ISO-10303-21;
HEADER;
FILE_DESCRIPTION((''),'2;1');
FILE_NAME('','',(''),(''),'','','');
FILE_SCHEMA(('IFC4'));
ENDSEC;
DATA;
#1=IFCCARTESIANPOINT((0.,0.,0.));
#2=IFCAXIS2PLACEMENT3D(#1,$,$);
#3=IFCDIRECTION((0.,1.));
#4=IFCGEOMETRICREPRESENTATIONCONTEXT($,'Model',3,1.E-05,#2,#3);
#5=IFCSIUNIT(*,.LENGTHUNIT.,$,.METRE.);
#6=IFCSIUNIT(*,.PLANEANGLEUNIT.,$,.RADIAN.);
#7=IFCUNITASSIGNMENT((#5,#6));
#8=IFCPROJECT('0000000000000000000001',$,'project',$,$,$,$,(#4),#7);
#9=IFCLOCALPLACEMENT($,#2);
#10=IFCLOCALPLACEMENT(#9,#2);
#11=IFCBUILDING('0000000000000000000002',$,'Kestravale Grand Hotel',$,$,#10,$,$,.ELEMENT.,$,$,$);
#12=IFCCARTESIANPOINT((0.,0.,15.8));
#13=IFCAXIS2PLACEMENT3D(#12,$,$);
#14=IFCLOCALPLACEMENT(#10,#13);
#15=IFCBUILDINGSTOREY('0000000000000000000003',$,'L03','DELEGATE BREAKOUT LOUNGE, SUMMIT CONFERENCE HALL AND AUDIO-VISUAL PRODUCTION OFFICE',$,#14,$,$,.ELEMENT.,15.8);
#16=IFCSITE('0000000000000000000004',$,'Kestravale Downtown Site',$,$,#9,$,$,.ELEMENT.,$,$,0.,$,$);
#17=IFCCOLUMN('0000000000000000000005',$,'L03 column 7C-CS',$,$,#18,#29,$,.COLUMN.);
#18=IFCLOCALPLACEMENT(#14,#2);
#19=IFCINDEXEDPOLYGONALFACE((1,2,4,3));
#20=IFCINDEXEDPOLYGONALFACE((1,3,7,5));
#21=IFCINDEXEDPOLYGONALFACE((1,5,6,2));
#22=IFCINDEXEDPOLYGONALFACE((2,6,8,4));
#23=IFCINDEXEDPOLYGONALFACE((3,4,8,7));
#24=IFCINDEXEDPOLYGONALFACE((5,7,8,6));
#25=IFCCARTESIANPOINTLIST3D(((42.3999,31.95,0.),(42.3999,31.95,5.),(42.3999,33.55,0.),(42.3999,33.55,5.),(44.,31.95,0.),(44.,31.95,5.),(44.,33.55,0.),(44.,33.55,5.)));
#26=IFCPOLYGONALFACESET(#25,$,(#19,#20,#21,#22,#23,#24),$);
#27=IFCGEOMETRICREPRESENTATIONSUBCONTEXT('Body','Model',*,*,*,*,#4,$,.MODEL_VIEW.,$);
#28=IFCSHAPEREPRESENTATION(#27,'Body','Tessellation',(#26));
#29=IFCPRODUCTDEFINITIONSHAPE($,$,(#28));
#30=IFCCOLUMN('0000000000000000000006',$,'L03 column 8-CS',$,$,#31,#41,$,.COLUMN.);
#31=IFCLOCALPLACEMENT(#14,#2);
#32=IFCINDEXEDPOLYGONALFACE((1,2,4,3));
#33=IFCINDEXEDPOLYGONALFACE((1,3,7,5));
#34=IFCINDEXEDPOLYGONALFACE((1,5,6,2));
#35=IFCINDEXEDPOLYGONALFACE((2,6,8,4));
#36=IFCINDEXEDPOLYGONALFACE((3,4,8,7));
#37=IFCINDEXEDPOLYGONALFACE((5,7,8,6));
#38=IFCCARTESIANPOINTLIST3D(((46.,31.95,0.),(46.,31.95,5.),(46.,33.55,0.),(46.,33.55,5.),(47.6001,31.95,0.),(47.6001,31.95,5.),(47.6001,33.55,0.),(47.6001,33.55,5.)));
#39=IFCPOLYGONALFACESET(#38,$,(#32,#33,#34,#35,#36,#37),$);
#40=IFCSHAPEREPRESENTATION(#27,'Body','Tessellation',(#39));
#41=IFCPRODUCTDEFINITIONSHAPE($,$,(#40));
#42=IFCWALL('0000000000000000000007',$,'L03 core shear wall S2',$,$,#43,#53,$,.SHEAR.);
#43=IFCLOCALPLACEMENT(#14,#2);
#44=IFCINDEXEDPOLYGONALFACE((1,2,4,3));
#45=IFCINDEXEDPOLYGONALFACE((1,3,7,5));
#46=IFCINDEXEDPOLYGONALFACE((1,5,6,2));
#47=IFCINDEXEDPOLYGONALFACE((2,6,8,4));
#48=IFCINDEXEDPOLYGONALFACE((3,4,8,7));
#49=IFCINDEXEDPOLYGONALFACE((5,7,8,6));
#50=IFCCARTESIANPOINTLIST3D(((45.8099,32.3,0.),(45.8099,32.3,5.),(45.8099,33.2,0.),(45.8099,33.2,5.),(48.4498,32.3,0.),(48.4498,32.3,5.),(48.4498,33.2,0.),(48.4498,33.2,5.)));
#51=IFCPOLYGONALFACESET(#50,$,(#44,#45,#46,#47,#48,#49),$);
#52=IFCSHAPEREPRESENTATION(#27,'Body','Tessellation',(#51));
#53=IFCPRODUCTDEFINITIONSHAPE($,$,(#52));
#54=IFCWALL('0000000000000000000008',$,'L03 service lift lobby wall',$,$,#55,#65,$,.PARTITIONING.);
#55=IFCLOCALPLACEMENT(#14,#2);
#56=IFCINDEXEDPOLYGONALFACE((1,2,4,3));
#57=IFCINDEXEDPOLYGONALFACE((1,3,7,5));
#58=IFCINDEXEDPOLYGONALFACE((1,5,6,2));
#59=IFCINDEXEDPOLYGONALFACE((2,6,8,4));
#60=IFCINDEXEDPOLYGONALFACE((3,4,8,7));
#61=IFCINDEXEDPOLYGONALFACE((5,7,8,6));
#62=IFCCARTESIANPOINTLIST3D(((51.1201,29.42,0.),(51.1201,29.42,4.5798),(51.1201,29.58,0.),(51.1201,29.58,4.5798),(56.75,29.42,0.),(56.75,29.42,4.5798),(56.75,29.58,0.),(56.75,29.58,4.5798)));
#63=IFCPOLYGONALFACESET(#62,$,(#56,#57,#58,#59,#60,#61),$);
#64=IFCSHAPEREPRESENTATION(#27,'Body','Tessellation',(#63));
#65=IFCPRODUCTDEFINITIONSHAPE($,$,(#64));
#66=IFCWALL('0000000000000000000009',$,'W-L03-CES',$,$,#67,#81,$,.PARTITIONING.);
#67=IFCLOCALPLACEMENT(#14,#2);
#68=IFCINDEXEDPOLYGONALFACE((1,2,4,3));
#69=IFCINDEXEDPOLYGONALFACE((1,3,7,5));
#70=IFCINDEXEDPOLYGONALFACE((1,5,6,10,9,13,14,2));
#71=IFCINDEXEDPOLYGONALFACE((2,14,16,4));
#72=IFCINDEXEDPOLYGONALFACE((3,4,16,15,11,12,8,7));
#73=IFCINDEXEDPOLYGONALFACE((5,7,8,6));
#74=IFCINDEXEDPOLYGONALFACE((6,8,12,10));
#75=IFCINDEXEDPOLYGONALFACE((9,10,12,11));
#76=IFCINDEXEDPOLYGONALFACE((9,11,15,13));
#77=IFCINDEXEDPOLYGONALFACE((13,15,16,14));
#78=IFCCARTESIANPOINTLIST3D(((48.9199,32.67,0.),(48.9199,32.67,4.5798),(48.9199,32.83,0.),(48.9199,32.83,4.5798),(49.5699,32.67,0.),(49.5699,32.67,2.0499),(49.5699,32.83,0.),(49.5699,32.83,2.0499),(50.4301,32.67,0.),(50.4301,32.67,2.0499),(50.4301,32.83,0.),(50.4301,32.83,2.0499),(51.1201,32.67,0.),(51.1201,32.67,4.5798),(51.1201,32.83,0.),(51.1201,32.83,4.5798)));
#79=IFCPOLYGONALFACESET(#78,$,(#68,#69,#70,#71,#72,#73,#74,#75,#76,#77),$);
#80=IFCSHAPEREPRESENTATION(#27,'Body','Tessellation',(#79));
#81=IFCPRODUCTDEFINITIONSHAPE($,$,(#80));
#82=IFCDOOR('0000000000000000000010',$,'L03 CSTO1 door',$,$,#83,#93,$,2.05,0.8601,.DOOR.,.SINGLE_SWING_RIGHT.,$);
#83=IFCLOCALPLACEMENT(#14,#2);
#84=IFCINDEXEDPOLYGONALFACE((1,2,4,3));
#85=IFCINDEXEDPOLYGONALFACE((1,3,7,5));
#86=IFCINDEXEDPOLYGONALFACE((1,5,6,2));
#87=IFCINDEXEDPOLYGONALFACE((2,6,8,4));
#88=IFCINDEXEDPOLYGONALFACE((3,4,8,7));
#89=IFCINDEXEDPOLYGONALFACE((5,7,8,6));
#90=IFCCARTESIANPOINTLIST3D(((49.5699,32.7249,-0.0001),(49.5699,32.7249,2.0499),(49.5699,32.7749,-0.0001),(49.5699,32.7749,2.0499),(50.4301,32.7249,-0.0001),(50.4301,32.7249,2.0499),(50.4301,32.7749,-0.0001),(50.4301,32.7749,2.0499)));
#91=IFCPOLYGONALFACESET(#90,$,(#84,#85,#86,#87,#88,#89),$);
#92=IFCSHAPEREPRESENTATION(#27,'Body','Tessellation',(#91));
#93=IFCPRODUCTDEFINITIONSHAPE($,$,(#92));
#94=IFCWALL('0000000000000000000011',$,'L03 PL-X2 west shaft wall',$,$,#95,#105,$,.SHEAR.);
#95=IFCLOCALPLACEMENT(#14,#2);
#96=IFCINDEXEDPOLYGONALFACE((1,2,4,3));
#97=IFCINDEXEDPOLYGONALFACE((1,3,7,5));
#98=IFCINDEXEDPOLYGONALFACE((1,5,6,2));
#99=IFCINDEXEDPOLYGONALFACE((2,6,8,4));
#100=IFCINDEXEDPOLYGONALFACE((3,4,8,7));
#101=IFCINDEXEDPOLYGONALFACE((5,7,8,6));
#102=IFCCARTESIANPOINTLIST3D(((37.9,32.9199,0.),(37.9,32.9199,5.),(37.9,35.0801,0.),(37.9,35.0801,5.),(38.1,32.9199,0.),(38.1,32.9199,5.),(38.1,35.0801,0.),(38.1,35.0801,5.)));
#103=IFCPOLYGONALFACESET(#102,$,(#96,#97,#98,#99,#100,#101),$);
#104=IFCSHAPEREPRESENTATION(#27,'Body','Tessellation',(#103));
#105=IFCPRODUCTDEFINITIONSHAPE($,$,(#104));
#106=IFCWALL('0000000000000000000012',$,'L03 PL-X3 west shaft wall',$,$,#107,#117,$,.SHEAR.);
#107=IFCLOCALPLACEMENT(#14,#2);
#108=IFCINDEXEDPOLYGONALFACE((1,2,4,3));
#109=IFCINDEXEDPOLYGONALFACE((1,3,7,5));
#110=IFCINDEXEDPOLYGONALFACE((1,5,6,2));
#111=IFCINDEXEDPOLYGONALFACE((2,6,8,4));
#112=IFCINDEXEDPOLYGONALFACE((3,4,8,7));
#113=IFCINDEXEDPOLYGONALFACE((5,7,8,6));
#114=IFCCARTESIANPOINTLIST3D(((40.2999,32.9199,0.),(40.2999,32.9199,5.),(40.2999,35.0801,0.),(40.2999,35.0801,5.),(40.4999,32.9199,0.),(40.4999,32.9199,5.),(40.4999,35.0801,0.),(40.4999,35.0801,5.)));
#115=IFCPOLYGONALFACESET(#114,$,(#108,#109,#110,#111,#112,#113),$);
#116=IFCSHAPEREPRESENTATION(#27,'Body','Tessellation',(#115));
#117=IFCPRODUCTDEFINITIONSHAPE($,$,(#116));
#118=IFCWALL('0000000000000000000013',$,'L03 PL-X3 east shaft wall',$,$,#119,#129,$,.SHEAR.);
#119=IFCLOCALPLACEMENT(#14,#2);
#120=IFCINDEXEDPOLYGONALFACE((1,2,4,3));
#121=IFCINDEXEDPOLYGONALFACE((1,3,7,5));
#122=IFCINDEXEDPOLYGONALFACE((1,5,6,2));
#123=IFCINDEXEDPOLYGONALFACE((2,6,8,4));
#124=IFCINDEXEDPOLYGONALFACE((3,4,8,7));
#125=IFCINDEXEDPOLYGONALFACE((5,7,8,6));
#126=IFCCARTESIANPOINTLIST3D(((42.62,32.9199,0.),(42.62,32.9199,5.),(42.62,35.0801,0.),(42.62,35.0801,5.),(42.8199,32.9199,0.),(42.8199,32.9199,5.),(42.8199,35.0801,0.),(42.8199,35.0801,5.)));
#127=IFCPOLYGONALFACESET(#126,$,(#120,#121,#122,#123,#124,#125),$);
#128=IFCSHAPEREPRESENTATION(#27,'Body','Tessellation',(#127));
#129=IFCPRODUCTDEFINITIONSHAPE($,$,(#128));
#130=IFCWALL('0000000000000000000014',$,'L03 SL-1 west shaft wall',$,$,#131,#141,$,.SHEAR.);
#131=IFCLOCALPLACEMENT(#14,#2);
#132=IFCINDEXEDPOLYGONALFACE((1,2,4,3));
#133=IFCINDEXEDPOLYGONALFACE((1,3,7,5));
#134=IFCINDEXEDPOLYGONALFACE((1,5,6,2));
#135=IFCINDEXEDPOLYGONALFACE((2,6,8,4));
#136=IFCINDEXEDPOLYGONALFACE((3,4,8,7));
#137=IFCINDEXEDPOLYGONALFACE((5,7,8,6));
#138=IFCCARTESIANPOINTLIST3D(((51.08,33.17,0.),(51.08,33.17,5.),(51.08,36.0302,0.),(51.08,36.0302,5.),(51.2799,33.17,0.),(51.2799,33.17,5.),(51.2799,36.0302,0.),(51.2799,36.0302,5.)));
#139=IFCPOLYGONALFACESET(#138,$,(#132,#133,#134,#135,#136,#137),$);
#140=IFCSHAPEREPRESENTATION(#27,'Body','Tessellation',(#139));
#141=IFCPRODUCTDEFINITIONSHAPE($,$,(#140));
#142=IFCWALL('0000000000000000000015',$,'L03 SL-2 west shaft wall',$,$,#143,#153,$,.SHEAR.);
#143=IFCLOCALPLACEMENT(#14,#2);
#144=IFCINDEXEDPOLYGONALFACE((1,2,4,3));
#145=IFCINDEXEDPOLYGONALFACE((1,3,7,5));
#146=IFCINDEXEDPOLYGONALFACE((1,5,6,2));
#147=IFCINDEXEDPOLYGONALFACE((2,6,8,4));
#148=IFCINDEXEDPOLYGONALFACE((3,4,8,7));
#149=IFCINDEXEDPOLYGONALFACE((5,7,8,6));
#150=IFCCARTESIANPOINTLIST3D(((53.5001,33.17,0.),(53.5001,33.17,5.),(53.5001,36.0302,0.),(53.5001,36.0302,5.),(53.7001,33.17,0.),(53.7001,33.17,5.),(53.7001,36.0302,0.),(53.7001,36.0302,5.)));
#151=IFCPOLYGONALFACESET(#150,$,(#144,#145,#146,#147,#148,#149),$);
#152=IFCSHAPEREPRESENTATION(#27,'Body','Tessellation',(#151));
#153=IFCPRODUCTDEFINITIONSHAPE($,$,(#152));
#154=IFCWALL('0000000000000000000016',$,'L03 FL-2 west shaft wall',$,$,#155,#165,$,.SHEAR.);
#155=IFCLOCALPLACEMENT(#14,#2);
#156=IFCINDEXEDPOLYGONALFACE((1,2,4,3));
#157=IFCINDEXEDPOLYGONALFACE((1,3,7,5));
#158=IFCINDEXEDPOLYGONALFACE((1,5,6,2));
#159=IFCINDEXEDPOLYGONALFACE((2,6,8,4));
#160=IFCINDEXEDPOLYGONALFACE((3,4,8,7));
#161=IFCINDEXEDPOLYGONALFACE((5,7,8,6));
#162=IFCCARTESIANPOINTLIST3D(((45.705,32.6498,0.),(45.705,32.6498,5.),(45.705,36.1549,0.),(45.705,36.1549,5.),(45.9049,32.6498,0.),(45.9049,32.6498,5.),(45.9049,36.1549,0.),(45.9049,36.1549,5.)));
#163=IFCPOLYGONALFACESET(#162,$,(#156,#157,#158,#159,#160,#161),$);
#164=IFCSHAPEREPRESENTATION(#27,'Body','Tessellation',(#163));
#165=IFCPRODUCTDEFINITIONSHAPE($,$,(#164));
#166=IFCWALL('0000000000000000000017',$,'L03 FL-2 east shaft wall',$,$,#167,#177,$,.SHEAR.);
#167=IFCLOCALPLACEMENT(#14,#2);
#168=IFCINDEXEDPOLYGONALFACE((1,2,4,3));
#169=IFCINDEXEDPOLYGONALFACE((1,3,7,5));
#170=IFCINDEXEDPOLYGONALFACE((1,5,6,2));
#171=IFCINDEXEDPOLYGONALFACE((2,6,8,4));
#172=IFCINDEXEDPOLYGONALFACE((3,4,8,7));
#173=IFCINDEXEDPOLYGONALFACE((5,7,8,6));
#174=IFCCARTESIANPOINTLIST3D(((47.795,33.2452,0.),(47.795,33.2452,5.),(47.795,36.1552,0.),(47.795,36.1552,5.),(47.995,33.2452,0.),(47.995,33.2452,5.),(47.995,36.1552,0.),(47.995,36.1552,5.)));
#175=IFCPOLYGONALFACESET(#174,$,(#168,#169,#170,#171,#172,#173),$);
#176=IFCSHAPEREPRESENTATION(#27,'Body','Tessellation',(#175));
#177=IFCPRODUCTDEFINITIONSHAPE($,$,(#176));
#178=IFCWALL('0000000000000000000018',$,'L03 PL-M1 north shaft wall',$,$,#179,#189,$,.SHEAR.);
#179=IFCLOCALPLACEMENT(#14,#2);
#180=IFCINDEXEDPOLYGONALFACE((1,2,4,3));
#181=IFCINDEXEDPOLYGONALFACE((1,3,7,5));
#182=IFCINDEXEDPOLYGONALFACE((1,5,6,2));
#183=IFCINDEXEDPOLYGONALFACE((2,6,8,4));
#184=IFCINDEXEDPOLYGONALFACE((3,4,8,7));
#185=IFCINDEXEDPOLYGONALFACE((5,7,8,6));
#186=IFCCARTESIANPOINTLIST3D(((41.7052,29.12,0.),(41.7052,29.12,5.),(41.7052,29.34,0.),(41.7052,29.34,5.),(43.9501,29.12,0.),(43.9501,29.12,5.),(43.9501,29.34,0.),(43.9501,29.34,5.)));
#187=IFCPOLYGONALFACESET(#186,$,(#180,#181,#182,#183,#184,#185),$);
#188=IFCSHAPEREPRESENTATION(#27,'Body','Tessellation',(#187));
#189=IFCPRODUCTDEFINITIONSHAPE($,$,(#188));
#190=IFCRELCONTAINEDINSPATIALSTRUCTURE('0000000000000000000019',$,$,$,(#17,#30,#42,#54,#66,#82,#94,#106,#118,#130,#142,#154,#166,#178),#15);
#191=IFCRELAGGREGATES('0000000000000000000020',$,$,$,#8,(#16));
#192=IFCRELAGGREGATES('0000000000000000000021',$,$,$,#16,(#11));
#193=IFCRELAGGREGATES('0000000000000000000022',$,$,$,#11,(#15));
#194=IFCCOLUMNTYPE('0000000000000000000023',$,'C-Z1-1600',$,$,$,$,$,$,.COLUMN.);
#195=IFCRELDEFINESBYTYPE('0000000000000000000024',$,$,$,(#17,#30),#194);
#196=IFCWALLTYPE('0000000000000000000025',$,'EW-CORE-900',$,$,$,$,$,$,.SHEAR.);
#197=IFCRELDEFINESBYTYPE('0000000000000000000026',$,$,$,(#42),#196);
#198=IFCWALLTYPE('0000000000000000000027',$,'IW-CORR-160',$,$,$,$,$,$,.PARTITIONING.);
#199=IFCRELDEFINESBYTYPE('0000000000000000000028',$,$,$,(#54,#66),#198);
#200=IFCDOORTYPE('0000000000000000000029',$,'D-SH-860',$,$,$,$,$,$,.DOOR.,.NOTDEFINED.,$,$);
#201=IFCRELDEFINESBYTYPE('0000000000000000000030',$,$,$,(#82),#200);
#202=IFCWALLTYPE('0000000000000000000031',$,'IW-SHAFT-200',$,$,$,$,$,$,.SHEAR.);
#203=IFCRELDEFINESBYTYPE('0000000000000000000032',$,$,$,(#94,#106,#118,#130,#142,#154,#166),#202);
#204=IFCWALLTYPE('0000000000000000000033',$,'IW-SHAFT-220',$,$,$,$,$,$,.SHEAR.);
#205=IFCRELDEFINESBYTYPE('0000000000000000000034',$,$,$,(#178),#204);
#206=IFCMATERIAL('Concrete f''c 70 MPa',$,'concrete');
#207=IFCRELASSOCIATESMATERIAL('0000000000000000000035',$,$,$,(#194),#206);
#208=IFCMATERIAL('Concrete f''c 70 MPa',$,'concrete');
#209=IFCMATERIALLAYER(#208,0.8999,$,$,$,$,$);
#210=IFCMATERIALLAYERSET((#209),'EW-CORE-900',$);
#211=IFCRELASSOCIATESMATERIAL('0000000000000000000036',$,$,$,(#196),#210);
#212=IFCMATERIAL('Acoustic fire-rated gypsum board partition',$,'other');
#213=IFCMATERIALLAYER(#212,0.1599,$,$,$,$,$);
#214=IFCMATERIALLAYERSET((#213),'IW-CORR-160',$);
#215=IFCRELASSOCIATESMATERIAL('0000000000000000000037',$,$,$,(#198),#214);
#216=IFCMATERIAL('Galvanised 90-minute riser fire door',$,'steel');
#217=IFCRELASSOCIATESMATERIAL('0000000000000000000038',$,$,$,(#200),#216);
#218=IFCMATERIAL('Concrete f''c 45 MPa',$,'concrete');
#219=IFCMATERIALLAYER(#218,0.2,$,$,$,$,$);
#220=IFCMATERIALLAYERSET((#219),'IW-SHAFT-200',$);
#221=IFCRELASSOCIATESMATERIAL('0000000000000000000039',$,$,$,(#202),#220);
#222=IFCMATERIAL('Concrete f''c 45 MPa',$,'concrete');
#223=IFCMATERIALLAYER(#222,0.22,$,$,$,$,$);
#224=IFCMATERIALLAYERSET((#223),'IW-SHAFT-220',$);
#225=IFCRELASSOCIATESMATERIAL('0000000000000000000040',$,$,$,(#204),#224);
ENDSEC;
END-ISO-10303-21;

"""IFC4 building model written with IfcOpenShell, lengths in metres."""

from ifc_helpers import new_model, si_unit, direction, frame, frame_2d, origin, origin_2d, place, context, subcontext, project, spatial, rectangle, extrude, material, layer, layer_set, material_profile, profile_set, type_object, element, fill, save


model = new_model("IFC4")

# Units and contexts
model_context = context("Model", 3, precision=1e-05, world=origin(), true_north=direction((0.0, 1.0)))
body_context = subcontext(model_context, "Body", "Model", "MODEL_VIEW")
ifc_project = project(units=[si_unit("LENGTHUNIT", "METRE"), si_unit("PLANEANGLEUNIT", "RADIAN")], contexts=[model_context])

# Site, building, storey
site_placement = place(None, origin())
site = spatial("IfcSite", under=ifc_project, at=site_placement, Name="Kestravale Downtown Site", CompositionType="ELEMENT", RefElevation=0.0)
building_placement = place(site_placement, origin())
building = spatial("IfcBuilding", under=site, at=building_placement, Name="Kestravale Grand Hotel", CompositionType="ELEMENT")
storey_placement = place(building_placement, frame((0.0, 0.0, 15.8)))
storey = spatial("IfcBuildingStorey", under=building, at=storey_placement, Name="L03", Description="DELEGATE BREAKOUT LOUNGE, SUMMIT CONFERENCE HALL AND AUDIO-VISUAL PRODUCTION OFFICE", CompositionType="ELEMENT", Elevation=15.8)

# Columns
ifc_material_1 = material(Name="Concrete f'c 70 MPa", Category="concrete")
ifc_material_profile = material_profile(ifc_material_1, rectangle(XDim=1.6001, YDim=1.6001, at=origin_2d()))
ifc_profile_set = profile_set([ifc_material_profile], Name="Concrete f'c 70 MPa")
column_type = type_object("IfcColumnType", Name="C-Z1-1600", PredefinedType="COLUMN", material=ifc_profile_set)
for number, where, z_axis, x_axis, name in (
    (1, (43.2, 32.75, 0.0), (0.0, 0.0, 1.0), (1.0, 0.0, 0.0), "L03 column 7C-CS"),
    (2, (46.8, 32.75, 0.0), (0.0, 0.0, 1.0), (1.0, 0.0, 0.0), "L03 column 8-CS"),
):
    element("IfcColumn", number, at=place(storey_placement, frame(where, z_axis=z_axis, x_axis=x_axis)), inside=storey, type_object=column_type, Name=name, PredefinedType="COLUMN", context=body_context, shape_type="SweptSolid", body=[
        extrude(rectangle(XDim=1.6001, YDim=1.6001, at=origin_2d()), origin(), (0.0, 0.0, 1.0), 5.0),
    ])

# Wall
ifc_material_2 = material(Name="Concrete f'c 70 MPa", Category="concrete")
ifc_layer_1 = layer(ifc_material_2, 0.8999)
ifc_layer_set_1 = layer_set([ifc_layer_1], Name="EW-CORE-900")
wall_type_1 = type_object("IfcWallType", Name="EW-CORE-900", PredefinedType="SHEAR", material=ifc_layer_set_1)
wall_1_placement = place(storey_placement, frame((45.8101, 32.75, 0.0), z_axis=(0.0, 0.0, 1.0), x_axis=(1.0, 0.0, 0.0)))
element("IfcWall", 3, at=wall_1_placement, inside=storey, type_object=wall_type_1, Name="L03 core shear wall S2", PredefinedType="SHEAR", context=body_context, shape_type="SweptSolid", body=[
    extrude(rectangle(XDim=2.6399, YDim=0.8999, at=frame_2d((1.3198, 0.0))), origin(), (0.0, 0.0, 1.0), 5.0),
])

# Shared definitions
ifc_material_3 = material(Name="Acoustic fire-rated gypsum board partition", Category="other")
ifc_layer_2 = layer(ifc_material_3, 0.1599)
ifc_layer_set_2 = layer_set([ifc_layer_2], Name="IW-CORR-160")
wall_type_2 = type_object("IfcWallType", Name="IW-CORR-160", PredefinedType="PARTITIONING", material=ifc_layer_set_2)

# Wall
wall_2_placement = place(storey_placement, frame((51.1201, 29.5, 0.0), z_axis=(0.0, 0.0, 1.0), x_axis=(1.0, 0.0, 0.0)))
element("IfcWall", 4, at=wall_2_placement, inside=storey, type_object=wall_type_2, Name="L03 service lift lobby wall", PredefinedType="PARTITIONING", context=body_context, shape_type="SweptSolid", body=[
    extrude(rectangle(XDim=5.6299, YDim=0.1599, at=frame_2d((2.8149, 0.0))), origin(), (0.0, 0.0, 1.0), 4.5798),
])

# Wall, opening, door
wall_3_placement = place(storey_placement, frame((48.9199, 32.75, 0.0), z_axis=(0.0, 0.0, 1.0), x_axis=(1.0, 0.0, 0.0)))
wall_3 = element("IfcWall", 5, at=wall_3_placement, inside=storey, type_object=wall_type_2, Name="W-L03-CES", PredefinedType="PARTITIONING", context=body_context, shape_type="SweptSolid", body=[
    extrude(rectangle(XDim=2.2002, YDim=0.1599, at=frame_2d((1.1001, 0.0))), origin(), (0.0, 0.0, 1.0), 4.5798),
])
opening_1_placement = place(wall_3_placement, frame((0.6499, 0.0, 0.0)))
opening_1 = element("IfcOpeningElement", 6, at=opening_1_placement, cuts=wall_3, PredefinedType="OPENING", context=body_context, shape_type="SweptSolid", body=[
    extrude(rectangle(XDim=0.8601, YDim=2.05, at=frame_2d((0.4302, 1.0249))), frame((0.0, 0.0898, 0.0), z_axis=(0.0, -1.0, 0.0), x_axis=(1.0, 0.0, 0.0)), (0.0, 0.0, 1.0), 0.1799),
])
ifc_material_4 = material(Name="Galvanised 90-minute riser fire door", Category="steel")
door_type_1 = type_object("IfcDoorType", Name="D-SH-860", OperationType="NOTDEFINED", PredefinedType="DOOR", material=ifc_material_4)
door_1_placement = place(opening_1_placement, origin())
door_1 = element("IfcDoor", 7, at=door_1_placement, inside=storey, type_object=door_type_1, Name="L03 CSTO1 door", OperationType="SINGLE_SWING_RIGHT", OverallHeight=2.05, OverallWidth=0.8601, PredefinedType="DOOR", context=body_context, shape_type="SweptSolid", body=[
    extrude(rectangle(XDim=0.8601, YDim=2.05, at=frame_2d((0.4302, 1.0249))), frame((0.0, 0.0249, 0.0), z_axis=(0.0, -1.0, 0.0), x_axis=(1.0, 0.0, 0.0)), (0.0, 0.0, 1.0), 0.05),
])
fill(opening_1, door_1)

# Walls
ifc_material_5 = material(Name="Concrete f'c 45 MPa", Category="concrete")
ifc_layer_3 = layer(ifc_material_5, 0.2)
ifc_layer_set_3 = layer_set([ifc_layer_3], Name="IW-SHAFT-200")
wall_type_3 = type_object("IfcWallType", Name="IW-SHAFT-200", PredefinedType="SHEAR", material=ifc_layer_set_3)
for number, where, z_axis, x_axis, name in (
    (8, (38.0, 32.9199, 0.0), (0.0, 0.0, 1.0), (0.0, 1.0, 0.0), "L03 PL-X2 west shaft wall"),
    (9, (40.3999, 32.9199, 0.0), (0.0, 0.0, 1.0), (0.0, 1.0, 0.0), "L03 PL-X3 west shaft wall"),
    (10, (42.72, 32.9199, 0.0), (0.0, 0.0, 1.0), (0.0, 1.0, 0.0), "L03 PL-X3 east shaft wall"),
):
    element("IfcWall", number, at=place(storey_placement, frame(where, z_axis=z_axis, x_axis=x_axis)), inside=storey, type_object=wall_type_3, Name=name, PredefinedType="SHEAR", context=body_context, shape_type="SweptSolid", body=[
        extrude(rectangle(XDim=2.1602, YDim=0.2, at=frame_2d((1.0801, 0.0))), origin(), (0.0, 0.0, 1.0), 5.0),
    ])
for number, where, z_axis, x_axis, name in (
    (11, (51.1799, 33.1699, 0.0), (0.0, 0.0, 1.0), (0.0, 1.0, 0.0), "L03 SL-1 west shaft wall"),
    (12, (53.6001, 33.1699, 0.0), (0.0, 0.0, 1.0), (0.0, 1.0, 0.0), "L03 SL-2 west shaft wall"),
):
    element("IfcWall", number, at=place(storey_placement, frame(where, z_axis=z_axis, x_axis=x_axis)), inside=storey, type_object=wall_type_3, Name=name, PredefinedType="SHEAR", context=body_context, shape_type="SweptSolid", body=[
        extrude(rectangle(XDim=2.8601, YDim=0.2, at=frame_2d((1.4302, 0.0))), origin(), (0.0, 0.0, 1.0), 5.0),
    ])
wall_4_placement = place(storey_placement, frame((45.8049, 32.6499, 0.0), z_axis=(0.0, 0.0, 1.0), x_axis=(0.0, 1.0, 0.0)))
element("IfcWall", 13, at=wall_4_placement, inside=storey, type_object=wall_type_3, Name="L03 FL-2 west shaft wall", PredefinedType="SHEAR", context=body_context, shape_type="SweptSolid", body=[
    extrude(rectangle(XDim=3.5051, YDim=0.2, at=frame_2d((1.7524, 0.0))), origin(), (0.0, 0.0, 1.0), 5.0),
])
wall_5_placement = place(storey_placement, frame((47.895, 33.2451, 0.0), z_axis=(0.0, 0.0, 1.0), x_axis=(0.0, 1.0, 0.0)))
element("IfcWall", 14, at=wall_5_placement, inside=storey, type_object=wall_type_3, Name="L03 FL-2 east shaft wall", PredefinedType="SHEAR", context=body_context, shape_type="SweptSolid", body=[
    extrude(rectangle(XDim=2.9099, YDim=0.2, at=frame_2d((1.4551, 0.0))), origin(), (0.0, 0.0, 1.0), 5.0),
])
ifc_material_6 = material(Name="Concrete f'c 45 MPa", Category="concrete")
ifc_layer_4 = layer(ifc_material_6, 0.22)
ifc_layer_set_4 = layer_set([ifc_layer_4], Name="IW-SHAFT-220")
wall_type_4 = type_object("IfcWallType", Name="IW-SHAFT-220", PredefinedType="SHEAR", material=ifc_layer_set_4)
wall_6_placement = place(storey_placement, frame((41.7051, 29.23, 0.0), z_axis=(0.0, 0.0, 1.0), x_axis=(1.0, 0.0, 0.0)))
element("IfcWall", 15, at=wall_6_placement, inside=storey, type_object=wall_type_4, Name="L03 PL-M1 north shaft wall", PredefinedType="SHEAR", context=body_context, shape_type="SweptSolid", body=[
    extrude(rectangle(XDim=2.2449, YDim=0.22, at=frame_2d((1.1226, 0.0))), origin(), (0.0, 0.0, 1.0), 5.0),
])

save(model, "model.ifc")
